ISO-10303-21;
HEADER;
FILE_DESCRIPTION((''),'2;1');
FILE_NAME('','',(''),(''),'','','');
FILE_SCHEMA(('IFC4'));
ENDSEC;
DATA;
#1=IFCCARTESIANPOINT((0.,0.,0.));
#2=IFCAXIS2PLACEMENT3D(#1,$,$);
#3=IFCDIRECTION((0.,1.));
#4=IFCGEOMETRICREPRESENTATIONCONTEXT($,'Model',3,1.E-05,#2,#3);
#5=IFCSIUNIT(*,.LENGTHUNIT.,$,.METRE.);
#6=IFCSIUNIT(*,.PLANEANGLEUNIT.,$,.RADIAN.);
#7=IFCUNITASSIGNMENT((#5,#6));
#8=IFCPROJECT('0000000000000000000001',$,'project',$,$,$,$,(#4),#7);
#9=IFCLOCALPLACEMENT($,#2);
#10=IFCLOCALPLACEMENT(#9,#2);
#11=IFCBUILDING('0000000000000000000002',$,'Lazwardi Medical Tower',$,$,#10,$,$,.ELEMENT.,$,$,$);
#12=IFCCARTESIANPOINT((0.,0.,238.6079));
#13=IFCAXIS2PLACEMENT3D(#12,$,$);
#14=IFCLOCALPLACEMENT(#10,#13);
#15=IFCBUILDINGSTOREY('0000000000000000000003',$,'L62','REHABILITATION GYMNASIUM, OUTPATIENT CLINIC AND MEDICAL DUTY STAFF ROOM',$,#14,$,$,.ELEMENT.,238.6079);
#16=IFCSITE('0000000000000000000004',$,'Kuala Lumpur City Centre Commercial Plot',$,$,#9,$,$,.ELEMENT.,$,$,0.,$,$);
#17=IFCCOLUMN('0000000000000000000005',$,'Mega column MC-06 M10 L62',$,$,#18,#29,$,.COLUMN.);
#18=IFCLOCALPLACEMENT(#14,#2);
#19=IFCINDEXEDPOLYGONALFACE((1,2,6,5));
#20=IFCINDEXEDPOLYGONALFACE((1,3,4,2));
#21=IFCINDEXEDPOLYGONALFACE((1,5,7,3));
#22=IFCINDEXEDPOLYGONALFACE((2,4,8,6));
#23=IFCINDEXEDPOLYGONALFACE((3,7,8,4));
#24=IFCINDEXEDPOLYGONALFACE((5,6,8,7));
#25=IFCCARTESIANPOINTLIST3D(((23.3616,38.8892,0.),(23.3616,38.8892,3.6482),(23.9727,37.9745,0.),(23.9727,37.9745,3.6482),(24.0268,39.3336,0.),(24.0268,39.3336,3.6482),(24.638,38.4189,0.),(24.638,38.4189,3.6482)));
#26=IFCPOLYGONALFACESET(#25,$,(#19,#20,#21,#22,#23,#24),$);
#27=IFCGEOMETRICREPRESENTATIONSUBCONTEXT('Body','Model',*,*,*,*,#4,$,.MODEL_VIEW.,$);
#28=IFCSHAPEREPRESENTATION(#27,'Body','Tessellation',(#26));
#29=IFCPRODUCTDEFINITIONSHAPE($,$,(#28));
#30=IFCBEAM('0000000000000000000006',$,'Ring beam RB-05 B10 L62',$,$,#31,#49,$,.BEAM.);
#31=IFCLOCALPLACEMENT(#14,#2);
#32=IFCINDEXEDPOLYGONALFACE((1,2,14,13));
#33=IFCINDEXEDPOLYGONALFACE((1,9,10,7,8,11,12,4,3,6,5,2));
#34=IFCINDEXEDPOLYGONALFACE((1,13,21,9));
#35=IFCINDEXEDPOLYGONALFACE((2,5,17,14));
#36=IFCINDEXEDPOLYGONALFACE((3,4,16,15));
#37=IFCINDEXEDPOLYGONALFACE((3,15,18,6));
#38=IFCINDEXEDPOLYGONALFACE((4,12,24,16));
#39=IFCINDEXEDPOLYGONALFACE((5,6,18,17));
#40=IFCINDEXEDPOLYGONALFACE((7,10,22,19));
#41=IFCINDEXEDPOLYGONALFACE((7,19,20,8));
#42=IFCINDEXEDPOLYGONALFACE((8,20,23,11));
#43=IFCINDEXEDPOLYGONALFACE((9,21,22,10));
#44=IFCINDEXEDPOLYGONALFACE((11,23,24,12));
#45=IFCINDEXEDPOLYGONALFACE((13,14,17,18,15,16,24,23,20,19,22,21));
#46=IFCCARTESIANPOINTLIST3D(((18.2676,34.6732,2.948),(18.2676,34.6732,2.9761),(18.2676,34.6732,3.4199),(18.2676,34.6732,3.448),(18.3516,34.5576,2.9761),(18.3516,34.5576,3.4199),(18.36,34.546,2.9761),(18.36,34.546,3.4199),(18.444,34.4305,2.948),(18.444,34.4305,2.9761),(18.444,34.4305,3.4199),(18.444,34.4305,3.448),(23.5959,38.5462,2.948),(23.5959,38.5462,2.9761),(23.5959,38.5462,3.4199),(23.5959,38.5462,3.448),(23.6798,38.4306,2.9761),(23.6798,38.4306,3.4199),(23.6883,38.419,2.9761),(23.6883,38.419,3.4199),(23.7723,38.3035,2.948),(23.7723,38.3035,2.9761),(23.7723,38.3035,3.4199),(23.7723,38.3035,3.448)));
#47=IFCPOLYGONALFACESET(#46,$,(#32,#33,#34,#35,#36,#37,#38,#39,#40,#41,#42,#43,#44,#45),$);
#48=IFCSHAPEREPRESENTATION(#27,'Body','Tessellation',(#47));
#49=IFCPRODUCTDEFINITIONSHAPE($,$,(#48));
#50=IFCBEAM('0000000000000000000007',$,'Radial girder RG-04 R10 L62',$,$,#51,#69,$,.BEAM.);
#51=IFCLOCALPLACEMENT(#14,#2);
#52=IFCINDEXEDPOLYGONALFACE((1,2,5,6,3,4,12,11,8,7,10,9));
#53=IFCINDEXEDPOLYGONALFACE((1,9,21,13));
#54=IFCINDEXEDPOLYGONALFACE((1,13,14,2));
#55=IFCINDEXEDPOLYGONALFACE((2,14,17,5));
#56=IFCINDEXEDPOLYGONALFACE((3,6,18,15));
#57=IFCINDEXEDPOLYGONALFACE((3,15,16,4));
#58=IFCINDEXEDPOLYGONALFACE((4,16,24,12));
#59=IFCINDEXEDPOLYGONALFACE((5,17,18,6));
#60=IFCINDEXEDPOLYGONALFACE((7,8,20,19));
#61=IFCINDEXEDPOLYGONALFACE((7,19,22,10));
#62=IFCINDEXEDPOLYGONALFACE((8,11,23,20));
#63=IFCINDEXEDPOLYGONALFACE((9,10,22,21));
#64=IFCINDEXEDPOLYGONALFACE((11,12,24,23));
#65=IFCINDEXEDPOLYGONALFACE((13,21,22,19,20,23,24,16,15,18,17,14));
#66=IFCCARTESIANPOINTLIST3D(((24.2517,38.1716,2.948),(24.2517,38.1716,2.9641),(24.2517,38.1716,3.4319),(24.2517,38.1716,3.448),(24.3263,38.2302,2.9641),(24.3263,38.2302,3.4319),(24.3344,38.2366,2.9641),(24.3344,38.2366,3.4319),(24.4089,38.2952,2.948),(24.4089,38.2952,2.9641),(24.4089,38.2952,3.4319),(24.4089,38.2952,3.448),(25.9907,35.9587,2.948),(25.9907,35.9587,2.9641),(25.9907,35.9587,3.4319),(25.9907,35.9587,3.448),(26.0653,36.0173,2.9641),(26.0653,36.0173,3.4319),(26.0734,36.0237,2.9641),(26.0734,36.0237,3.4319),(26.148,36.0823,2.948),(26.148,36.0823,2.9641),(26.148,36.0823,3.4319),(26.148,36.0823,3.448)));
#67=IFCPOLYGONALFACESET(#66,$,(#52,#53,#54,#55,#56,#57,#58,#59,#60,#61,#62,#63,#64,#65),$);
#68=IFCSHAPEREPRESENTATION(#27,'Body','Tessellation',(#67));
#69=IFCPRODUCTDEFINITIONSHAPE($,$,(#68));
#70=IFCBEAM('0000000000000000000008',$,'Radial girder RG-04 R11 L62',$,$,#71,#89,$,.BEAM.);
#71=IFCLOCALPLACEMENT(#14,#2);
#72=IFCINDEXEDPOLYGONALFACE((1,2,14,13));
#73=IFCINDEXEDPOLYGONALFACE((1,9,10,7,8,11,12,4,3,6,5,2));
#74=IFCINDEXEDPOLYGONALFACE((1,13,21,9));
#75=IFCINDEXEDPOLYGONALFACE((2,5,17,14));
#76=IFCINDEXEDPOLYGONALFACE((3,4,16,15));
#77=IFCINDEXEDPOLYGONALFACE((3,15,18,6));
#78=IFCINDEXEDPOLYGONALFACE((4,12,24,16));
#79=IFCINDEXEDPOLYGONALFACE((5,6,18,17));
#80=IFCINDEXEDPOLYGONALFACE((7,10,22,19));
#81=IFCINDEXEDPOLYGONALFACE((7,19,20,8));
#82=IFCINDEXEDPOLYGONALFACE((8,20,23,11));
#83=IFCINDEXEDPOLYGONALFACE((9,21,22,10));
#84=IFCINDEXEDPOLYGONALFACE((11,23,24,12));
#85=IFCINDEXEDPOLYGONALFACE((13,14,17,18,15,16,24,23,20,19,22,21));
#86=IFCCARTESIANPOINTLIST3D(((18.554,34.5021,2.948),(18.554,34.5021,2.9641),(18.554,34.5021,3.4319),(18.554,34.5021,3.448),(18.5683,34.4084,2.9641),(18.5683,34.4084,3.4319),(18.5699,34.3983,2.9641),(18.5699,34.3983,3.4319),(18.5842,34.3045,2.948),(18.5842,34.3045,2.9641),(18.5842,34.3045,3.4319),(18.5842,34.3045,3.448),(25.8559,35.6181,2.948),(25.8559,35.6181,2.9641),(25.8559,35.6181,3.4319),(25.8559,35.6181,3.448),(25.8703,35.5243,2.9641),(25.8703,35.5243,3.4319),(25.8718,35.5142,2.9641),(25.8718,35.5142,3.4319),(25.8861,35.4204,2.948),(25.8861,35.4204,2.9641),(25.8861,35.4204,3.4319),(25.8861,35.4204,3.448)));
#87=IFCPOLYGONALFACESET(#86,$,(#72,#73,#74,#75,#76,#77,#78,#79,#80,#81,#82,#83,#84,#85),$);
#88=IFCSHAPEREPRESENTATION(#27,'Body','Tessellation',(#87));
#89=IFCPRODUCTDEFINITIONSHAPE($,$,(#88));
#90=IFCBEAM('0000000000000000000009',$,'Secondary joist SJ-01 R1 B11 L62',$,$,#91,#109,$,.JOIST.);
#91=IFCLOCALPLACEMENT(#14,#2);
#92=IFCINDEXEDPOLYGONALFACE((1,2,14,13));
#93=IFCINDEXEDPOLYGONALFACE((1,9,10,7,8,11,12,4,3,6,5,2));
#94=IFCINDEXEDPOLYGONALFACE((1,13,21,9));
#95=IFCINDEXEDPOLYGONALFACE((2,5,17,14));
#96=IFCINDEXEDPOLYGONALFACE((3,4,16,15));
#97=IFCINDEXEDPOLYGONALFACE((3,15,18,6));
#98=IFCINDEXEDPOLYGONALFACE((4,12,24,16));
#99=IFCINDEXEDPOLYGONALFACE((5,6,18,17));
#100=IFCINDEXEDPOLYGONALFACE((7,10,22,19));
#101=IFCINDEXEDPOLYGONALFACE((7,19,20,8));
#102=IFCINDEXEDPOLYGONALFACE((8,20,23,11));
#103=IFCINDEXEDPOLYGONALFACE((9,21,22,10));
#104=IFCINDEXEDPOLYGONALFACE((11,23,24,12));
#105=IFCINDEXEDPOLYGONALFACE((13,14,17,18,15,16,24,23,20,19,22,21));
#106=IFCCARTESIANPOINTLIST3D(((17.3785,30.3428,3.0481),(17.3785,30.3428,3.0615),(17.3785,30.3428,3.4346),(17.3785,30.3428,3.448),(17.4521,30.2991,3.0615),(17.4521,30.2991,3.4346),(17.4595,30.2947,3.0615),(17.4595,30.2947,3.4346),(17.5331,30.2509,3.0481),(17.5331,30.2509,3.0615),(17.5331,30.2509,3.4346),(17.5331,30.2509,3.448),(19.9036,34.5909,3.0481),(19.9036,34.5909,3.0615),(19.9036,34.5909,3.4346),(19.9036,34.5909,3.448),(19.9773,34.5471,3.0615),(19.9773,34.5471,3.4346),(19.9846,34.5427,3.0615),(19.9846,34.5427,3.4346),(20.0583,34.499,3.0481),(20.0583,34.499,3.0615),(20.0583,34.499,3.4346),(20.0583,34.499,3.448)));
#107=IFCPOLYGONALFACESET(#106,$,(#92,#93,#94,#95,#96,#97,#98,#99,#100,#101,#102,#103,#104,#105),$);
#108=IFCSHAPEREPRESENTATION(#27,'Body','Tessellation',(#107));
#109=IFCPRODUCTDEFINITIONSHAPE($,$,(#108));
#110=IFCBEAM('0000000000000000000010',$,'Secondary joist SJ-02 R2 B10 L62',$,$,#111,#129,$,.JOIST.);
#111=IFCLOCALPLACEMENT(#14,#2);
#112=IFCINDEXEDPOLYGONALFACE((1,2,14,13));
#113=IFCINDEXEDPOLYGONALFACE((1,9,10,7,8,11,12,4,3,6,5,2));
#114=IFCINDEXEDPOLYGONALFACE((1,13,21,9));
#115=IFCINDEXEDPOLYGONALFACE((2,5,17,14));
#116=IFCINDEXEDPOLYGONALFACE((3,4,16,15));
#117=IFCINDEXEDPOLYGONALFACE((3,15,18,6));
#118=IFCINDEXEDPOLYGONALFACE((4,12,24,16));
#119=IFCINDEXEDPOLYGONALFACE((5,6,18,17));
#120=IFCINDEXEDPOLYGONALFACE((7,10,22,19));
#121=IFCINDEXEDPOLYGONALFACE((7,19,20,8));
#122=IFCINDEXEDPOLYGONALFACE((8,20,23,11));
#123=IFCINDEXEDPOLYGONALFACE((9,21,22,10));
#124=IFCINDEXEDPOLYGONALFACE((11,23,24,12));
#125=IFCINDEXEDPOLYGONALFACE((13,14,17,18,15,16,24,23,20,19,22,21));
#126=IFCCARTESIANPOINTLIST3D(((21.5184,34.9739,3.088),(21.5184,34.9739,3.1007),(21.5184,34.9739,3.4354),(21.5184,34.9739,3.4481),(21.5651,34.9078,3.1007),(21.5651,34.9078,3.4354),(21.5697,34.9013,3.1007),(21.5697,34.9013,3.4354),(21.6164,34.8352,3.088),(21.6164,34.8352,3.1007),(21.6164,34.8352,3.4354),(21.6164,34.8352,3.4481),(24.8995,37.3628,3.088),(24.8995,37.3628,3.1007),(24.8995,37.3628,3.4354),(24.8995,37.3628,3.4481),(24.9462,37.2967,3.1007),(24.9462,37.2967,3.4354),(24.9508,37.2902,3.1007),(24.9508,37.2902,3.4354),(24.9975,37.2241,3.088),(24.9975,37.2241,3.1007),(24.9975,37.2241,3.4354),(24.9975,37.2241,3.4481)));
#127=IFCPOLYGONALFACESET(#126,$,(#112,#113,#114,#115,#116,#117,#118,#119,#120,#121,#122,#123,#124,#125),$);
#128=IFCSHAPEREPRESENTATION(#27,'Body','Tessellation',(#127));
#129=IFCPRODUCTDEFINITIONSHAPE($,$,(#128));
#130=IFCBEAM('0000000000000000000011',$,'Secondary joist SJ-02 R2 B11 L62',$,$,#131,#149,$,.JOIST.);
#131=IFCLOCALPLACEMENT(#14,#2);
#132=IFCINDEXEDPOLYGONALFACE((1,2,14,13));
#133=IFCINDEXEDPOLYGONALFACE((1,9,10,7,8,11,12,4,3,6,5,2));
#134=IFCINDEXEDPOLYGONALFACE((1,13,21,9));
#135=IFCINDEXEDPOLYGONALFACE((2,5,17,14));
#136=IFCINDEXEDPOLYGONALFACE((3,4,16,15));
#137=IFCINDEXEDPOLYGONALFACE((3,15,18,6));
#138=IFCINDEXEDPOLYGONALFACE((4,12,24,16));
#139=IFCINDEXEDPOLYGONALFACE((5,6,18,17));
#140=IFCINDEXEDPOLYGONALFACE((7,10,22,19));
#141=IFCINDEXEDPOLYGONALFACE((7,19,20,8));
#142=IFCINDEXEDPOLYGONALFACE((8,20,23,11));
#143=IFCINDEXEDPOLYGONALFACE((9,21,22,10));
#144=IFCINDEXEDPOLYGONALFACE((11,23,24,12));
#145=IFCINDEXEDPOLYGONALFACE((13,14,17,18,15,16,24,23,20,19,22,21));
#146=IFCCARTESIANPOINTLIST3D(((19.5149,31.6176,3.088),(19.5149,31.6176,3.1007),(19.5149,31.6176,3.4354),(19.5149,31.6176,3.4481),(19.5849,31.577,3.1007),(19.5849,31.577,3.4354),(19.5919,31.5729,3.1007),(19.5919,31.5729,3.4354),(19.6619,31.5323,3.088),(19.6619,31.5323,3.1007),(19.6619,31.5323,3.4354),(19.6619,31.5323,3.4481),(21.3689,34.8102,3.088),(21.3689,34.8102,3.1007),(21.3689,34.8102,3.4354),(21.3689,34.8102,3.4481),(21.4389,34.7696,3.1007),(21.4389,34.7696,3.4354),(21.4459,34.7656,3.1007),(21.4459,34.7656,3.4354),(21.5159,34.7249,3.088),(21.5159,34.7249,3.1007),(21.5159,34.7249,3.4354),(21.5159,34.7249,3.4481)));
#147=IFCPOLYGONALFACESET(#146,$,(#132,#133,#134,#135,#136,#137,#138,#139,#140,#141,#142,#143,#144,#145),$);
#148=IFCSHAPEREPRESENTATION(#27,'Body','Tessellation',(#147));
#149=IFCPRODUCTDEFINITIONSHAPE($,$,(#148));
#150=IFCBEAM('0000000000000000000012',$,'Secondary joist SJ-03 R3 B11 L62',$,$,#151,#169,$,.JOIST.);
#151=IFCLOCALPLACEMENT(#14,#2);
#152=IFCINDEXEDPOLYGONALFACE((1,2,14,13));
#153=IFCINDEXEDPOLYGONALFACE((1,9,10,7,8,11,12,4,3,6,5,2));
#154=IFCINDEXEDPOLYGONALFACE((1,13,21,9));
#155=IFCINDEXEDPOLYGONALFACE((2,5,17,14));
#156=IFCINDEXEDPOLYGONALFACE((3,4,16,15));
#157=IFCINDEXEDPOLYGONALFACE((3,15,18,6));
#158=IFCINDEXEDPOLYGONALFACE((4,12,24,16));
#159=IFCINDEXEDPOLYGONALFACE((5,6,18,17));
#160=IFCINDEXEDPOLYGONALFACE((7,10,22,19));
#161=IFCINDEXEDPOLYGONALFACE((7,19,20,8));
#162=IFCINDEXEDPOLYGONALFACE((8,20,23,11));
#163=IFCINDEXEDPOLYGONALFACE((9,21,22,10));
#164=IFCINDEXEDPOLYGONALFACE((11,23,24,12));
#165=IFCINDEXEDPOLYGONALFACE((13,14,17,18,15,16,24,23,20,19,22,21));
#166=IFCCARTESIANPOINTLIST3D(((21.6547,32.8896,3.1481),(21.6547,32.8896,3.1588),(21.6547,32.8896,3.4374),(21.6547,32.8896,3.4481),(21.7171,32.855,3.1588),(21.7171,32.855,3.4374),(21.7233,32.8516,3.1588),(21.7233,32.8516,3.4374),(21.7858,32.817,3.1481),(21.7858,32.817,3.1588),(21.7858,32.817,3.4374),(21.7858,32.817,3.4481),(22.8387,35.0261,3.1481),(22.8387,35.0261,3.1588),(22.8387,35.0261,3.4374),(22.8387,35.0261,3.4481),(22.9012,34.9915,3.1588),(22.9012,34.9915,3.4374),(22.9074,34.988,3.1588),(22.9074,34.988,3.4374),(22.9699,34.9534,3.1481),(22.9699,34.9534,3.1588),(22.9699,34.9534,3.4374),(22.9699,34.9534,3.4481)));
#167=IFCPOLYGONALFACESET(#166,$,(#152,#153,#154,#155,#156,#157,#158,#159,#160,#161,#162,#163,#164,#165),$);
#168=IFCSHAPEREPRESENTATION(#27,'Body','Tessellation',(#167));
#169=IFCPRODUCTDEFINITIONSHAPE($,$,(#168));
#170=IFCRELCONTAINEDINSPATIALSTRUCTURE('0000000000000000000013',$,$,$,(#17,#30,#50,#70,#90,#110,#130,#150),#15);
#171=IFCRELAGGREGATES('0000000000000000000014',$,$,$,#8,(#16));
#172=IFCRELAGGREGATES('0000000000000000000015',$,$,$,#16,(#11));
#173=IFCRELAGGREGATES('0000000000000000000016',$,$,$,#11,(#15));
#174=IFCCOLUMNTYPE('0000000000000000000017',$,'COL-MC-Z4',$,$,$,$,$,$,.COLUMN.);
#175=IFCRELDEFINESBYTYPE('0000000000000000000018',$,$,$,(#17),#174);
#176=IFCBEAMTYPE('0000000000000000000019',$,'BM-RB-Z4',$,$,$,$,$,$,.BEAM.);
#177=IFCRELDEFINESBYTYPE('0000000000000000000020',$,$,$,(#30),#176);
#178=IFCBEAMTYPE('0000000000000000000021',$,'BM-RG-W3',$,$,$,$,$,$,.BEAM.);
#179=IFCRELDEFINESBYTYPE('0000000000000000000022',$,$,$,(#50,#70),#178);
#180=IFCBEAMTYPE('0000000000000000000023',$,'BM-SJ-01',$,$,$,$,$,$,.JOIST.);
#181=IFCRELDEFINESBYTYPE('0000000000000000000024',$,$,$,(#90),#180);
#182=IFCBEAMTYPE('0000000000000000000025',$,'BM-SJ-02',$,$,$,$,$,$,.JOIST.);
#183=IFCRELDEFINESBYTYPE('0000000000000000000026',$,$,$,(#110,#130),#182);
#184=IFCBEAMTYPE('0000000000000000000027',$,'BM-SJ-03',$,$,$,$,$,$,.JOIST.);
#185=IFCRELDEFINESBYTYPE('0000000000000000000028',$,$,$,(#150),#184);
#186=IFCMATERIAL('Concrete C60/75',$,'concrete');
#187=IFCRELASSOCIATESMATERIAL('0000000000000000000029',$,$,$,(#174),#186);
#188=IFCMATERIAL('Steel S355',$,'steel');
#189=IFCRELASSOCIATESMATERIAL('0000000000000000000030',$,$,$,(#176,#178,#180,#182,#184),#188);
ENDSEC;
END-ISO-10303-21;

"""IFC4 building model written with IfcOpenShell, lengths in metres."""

from ifc_helpers import new_model, si_unit, direction, frame, origin, origin_2d, place, context, subcontext, project, spatial, rectangle, i_section, extrude, material, material_profile, profile_set, type_object, element, save


model = new_model("IFC4")

# Units and contexts
model_context = context("Model", 3, precision=1e-05, world=origin(), true_north=direction((0.0, 1.0)))
body_context = subcontext(model_context, "Body", "Model", "MODEL_VIEW")
ifc_project = project(units=[si_unit("LENGTHUNIT", "METRE"), si_unit("PLANEANGLEUNIT", "RADIAN")], contexts=[model_context])

# Site, building, storey
site_placement = place(None, origin())
site = spatial("IfcSite", under=ifc_project, at=site_placement, Name="Kuala Lumpur City Centre Commercial Plot", CompositionType="ELEMENT", RefElevation=0.0)
building_placement = place(site_placement, origin())
building = spatial("IfcBuilding", under=site, at=building_placement, Name="Lazwardi Medical Tower", CompositionType="ELEMENT")
storey_placement = place(building_placement, frame((0.0, 0.0, 238.6079)))
storey = spatial("IfcBuildingStorey", under=building, at=storey_placement, Name="L62", Description="REHABILITATION GYMNASIUM, OUTPATIENT CLINIC AND MEDICAL DUTY STAFF ROOM", CompositionType="ELEMENT", Elevation=238.6079)

# Column
ifc_material_1 = material(Name="Concrete C60/75", Category="concrete")
ifc_material_profile_1 = material_profile(ifc_material_1, rectangle(XDim=1.1001, YDim=0.8, at=origin_2d()), Name="CFT-RECT 1100x800")
ifc_profile_set_1 = profile_set([ifc_material_profile_1], Name="Concrete C60/75")
column_type = type_object("IfcColumnType", Name="COL-MC-Z4", PredefinedType="COLUMN", material=ifc_profile_set_1)
column_placement = place(storey_placement, frame((23.9998, 38.6541, 0.0), z_axis=(0.0, 0.0, 1.0), x_axis=(-0.55557, 0.83147, 0.0)))
element("IfcColumn", 1, at=column_placement, inside=storey, type_object=column_type, Name="Mega column MC-06 M10 L62", PredefinedType="COLUMN", context=body_context, shape_type="SweptSolid", body=[
    extrude(rectangle(XDim=1.1001, YDim=0.8, at=origin_2d()), origin(), (0.0, 0.0, 1.0), 3.6482),
])

# Beams
ifc_material_2 = material(Name="Steel S355", Category="steel")
ifc_material_profile_2 = material_profile(ifc_material_2, i_section(OverallWidth=0.3, OverallDepth=0.5, WebThickness=0.0144, FlangeThickness=0.0281, at=origin_2d()), Name="HEB 500")
ifc_profile_set_2 = profile_set([ifc_material_profile_2], Name="Steel S355")
beam_type_1 = type_object("IfcBeamType", Name="BM-RB-Z4", PredefinedType="BEAM", material=ifc_profile_set_2)
beam_1_placement = place(storey_placement, frame((23.6841, 38.4248, 3.198), z_axis=(-0.80889, -0.58796, 0.0), x_axis=(0.58796, -0.80889, 0.0)))
element("IfcBeam", 2, at=beam_1_placement, inside=storey, type_object=beam_type_1, Name="Ring beam RB-05 B10 L62", PredefinedType="BEAM", context=body_context, shape_type="SweptSolid", body=[
    extrude(i_section(OverallWidth=0.3, OverallDepth=0.5, WebThickness=0.0144, FlangeThickness=0.0281, at=origin_2d()), origin(), (0.0, 0.0, 1.0), 6.5872),
])
ifc_material_profile_3 = material_profile(ifc_material_2, i_section(OverallWidth=0.2, OverallDepth=0.5, WebThickness=0.0103, FlangeThickness=0.0161, at=origin_2d()), Name="IPE 500")
ifc_profile_set_3 = profile_set([ifc_material_profile_3], Name="Steel S355")
beam_type_2 = type_object("IfcBeamType", Name="BM-RG-W3", PredefinedType="BEAM", material=ifc_profile_set_3)
beam_2_placement = place(storey_placement, frame((24.3303, 38.2334, 3.198), z_axis=(0.617891, -0.786264, 0.0), x_axis=(0.786264, 0.617891, 0.0)))
element("IfcBeam", 3, at=beam_2_placement, inside=storey, type_object=beam_type_2, Name="Radial girder RG-04 R10 L62", PredefinedType="BEAM", context=body_context, shape_type="SweptSolid", body=[
    extrude(i_section(OverallWidth=0.2, OverallDepth=0.5, WebThickness=0.0103, FlangeThickness=0.0161, at=origin_2d()), origin(), (0.0, 0.0, 1.0), 2.8145),
])
beam_3_placement = place(storey_placement, frame((18.5691, 34.4033, 3.198), z_axis=(0.988522, 0.151076, 0.0), x_axis=(-0.151076, 0.988522, 0.0)))
element("IfcBeam", 4, at=beam_3_placement, inside=storey, type_object=beam_type_2, Name="Radial girder RG-04 R11 L62", PredefinedType="BEAM", context=body_context, shape_type="SweptSolid", body=[
    extrude(i_section(OverallWidth=0.2, OverallDepth=0.5, WebThickness=0.0103, FlangeThickness=0.0161, at=origin_2d()), origin(), (0.0, 0.0, 1.0), 7.3867),
])
ifc_material_profile_4 = material_profile(ifc_material_2, i_section(OverallWidth=0.1799, OverallDepth=0.3999, WebThickness=0.0085, FlangeThickness=0.0134, at=origin_2d()), Name="IPE 400")
ifc_profile_set_4 = profile_set([ifc_material_profile_4], Name="Steel S355")
beam_type_3 = type_object("IfcBeamType", Name="BM-SJ-01", PredefinedType="JOIST", material=ifc_profile_set_4)
beam_4_placement = place(storey_placement, frame((19.981, 34.5449, 3.248), z_axis=(-0.510968, -0.8596, 0.0), x_axis=(0.8596, -0.510968, 0.0)))
element("IfcBeam", 5, at=beam_4_placement, inside=storey, type_object=beam_type_3, Name="Secondary joist SJ-01 R1 B11 L62", PredefinedType="JOIST", context=body_context, shape_type="SweptSolid", body=[
    extrude(i_section(OverallWidth=0.1799, OverallDepth=0.3999, WebThickness=0.0085, FlangeThickness=0.0134, at=origin_2d()), origin(), (0.0, 0.0, 1.0), 4.9419),
])
ifc_material_profile_5 = material_profile(ifc_material_2, i_section(OverallWidth=0.1699, OverallDepth=0.3601, WebThickness=0.0081, FlangeThickness=0.0127, at=origin_2d()), Name="IPE 360")
ifc_profile_set_5 = profile_set([ifc_material_profile_5], Name="Steel S355")
beam_type_4 = type_object("IfcBeamType", Name="BM-SJ-02", PredefinedType="JOIST", material=ifc_profile_set_5)
beam_5_placement = place(storey_placement, frame((24.9485, 37.2935, 3.2681), z_axis=(-0.816711, -0.577047, 0.0), x_axis=(0.577047, -0.816711, 0.0)))
element("IfcBeam", 6, at=beam_5_placement, inside=storey, type_object=beam_type_4, Name="Secondary joist SJ-02 R2 B10 L62", PredefinedType="JOIST", context=body_context, shape_type="SweptSolid", body=[
    extrude(i_section(OverallWidth=0.1699, OverallDepth=0.3601, WebThickness=0.0081, FlangeThickness=0.0127, at=origin_2d()), origin(), (0.0, 0.0, 1.0), 4.1399),
])
beam_6_placement = place(storey_placement, frame((21.4424, 34.7676, 3.2681), z_axis=(-0.50218, -0.864763, 0.0), x_axis=(0.864763, -0.50218, 0.0)))
element("IfcBeam", 7, at=beam_6_placement, inside=storey, type_object=beam_type_4, Name="Secondary joist SJ-02 R2 B11 L62", PredefinedType="JOIST", context=body_context, shape_type="SweptSolid", body=[
    extrude(i_section(OverallWidth=0.1699, OverallDepth=0.3601, WebThickness=0.0081, FlangeThickness=0.0127, at=origin_2d()), origin(), (0.0, 0.0, 1.0), 3.6919),
])
ifc_material_profile_6 = material_profile(ifc_material_2, i_section(OverallWidth=0.1499, OverallDepth=0.3, WebThickness=0.0071, FlangeThickness=0.0107, at=origin_2d()), Name="IPE 300")
ifc_profile_set_6 = profile_set([ifc_material_profile_6], Name="Steel S355")
beam_type_5 = type_object("IfcBeamType", Name="BM-SJ-03", PredefinedType="JOIST", material=ifc_profile_set_6)
beam_7_placement = place(storey_placement, frame((22.9043, 34.9897, 3.2981), z_axis=(-0.484752, -0.874652, 0.0), x_axis=(0.874652, -0.484752, 0.0)))
element("IfcBeam", 8, at=beam_7_placement, inside=storey, type_object=beam_type_5, Name="Secondary joist SJ-03 R3 B11 L62", PredefinedType="JOIST", context=body_context, shape_type="SweptSolid", body=[
    extrude(i_section(OverallWidth=0.1499, OverallDepth=0.3, WebThickness=0.0071, FlangeThickness=0.0107, at=origin_2d()), origin(), (0.0, 0.0, 1.0), 2.4426),
])

save(model, "model.ifc")
